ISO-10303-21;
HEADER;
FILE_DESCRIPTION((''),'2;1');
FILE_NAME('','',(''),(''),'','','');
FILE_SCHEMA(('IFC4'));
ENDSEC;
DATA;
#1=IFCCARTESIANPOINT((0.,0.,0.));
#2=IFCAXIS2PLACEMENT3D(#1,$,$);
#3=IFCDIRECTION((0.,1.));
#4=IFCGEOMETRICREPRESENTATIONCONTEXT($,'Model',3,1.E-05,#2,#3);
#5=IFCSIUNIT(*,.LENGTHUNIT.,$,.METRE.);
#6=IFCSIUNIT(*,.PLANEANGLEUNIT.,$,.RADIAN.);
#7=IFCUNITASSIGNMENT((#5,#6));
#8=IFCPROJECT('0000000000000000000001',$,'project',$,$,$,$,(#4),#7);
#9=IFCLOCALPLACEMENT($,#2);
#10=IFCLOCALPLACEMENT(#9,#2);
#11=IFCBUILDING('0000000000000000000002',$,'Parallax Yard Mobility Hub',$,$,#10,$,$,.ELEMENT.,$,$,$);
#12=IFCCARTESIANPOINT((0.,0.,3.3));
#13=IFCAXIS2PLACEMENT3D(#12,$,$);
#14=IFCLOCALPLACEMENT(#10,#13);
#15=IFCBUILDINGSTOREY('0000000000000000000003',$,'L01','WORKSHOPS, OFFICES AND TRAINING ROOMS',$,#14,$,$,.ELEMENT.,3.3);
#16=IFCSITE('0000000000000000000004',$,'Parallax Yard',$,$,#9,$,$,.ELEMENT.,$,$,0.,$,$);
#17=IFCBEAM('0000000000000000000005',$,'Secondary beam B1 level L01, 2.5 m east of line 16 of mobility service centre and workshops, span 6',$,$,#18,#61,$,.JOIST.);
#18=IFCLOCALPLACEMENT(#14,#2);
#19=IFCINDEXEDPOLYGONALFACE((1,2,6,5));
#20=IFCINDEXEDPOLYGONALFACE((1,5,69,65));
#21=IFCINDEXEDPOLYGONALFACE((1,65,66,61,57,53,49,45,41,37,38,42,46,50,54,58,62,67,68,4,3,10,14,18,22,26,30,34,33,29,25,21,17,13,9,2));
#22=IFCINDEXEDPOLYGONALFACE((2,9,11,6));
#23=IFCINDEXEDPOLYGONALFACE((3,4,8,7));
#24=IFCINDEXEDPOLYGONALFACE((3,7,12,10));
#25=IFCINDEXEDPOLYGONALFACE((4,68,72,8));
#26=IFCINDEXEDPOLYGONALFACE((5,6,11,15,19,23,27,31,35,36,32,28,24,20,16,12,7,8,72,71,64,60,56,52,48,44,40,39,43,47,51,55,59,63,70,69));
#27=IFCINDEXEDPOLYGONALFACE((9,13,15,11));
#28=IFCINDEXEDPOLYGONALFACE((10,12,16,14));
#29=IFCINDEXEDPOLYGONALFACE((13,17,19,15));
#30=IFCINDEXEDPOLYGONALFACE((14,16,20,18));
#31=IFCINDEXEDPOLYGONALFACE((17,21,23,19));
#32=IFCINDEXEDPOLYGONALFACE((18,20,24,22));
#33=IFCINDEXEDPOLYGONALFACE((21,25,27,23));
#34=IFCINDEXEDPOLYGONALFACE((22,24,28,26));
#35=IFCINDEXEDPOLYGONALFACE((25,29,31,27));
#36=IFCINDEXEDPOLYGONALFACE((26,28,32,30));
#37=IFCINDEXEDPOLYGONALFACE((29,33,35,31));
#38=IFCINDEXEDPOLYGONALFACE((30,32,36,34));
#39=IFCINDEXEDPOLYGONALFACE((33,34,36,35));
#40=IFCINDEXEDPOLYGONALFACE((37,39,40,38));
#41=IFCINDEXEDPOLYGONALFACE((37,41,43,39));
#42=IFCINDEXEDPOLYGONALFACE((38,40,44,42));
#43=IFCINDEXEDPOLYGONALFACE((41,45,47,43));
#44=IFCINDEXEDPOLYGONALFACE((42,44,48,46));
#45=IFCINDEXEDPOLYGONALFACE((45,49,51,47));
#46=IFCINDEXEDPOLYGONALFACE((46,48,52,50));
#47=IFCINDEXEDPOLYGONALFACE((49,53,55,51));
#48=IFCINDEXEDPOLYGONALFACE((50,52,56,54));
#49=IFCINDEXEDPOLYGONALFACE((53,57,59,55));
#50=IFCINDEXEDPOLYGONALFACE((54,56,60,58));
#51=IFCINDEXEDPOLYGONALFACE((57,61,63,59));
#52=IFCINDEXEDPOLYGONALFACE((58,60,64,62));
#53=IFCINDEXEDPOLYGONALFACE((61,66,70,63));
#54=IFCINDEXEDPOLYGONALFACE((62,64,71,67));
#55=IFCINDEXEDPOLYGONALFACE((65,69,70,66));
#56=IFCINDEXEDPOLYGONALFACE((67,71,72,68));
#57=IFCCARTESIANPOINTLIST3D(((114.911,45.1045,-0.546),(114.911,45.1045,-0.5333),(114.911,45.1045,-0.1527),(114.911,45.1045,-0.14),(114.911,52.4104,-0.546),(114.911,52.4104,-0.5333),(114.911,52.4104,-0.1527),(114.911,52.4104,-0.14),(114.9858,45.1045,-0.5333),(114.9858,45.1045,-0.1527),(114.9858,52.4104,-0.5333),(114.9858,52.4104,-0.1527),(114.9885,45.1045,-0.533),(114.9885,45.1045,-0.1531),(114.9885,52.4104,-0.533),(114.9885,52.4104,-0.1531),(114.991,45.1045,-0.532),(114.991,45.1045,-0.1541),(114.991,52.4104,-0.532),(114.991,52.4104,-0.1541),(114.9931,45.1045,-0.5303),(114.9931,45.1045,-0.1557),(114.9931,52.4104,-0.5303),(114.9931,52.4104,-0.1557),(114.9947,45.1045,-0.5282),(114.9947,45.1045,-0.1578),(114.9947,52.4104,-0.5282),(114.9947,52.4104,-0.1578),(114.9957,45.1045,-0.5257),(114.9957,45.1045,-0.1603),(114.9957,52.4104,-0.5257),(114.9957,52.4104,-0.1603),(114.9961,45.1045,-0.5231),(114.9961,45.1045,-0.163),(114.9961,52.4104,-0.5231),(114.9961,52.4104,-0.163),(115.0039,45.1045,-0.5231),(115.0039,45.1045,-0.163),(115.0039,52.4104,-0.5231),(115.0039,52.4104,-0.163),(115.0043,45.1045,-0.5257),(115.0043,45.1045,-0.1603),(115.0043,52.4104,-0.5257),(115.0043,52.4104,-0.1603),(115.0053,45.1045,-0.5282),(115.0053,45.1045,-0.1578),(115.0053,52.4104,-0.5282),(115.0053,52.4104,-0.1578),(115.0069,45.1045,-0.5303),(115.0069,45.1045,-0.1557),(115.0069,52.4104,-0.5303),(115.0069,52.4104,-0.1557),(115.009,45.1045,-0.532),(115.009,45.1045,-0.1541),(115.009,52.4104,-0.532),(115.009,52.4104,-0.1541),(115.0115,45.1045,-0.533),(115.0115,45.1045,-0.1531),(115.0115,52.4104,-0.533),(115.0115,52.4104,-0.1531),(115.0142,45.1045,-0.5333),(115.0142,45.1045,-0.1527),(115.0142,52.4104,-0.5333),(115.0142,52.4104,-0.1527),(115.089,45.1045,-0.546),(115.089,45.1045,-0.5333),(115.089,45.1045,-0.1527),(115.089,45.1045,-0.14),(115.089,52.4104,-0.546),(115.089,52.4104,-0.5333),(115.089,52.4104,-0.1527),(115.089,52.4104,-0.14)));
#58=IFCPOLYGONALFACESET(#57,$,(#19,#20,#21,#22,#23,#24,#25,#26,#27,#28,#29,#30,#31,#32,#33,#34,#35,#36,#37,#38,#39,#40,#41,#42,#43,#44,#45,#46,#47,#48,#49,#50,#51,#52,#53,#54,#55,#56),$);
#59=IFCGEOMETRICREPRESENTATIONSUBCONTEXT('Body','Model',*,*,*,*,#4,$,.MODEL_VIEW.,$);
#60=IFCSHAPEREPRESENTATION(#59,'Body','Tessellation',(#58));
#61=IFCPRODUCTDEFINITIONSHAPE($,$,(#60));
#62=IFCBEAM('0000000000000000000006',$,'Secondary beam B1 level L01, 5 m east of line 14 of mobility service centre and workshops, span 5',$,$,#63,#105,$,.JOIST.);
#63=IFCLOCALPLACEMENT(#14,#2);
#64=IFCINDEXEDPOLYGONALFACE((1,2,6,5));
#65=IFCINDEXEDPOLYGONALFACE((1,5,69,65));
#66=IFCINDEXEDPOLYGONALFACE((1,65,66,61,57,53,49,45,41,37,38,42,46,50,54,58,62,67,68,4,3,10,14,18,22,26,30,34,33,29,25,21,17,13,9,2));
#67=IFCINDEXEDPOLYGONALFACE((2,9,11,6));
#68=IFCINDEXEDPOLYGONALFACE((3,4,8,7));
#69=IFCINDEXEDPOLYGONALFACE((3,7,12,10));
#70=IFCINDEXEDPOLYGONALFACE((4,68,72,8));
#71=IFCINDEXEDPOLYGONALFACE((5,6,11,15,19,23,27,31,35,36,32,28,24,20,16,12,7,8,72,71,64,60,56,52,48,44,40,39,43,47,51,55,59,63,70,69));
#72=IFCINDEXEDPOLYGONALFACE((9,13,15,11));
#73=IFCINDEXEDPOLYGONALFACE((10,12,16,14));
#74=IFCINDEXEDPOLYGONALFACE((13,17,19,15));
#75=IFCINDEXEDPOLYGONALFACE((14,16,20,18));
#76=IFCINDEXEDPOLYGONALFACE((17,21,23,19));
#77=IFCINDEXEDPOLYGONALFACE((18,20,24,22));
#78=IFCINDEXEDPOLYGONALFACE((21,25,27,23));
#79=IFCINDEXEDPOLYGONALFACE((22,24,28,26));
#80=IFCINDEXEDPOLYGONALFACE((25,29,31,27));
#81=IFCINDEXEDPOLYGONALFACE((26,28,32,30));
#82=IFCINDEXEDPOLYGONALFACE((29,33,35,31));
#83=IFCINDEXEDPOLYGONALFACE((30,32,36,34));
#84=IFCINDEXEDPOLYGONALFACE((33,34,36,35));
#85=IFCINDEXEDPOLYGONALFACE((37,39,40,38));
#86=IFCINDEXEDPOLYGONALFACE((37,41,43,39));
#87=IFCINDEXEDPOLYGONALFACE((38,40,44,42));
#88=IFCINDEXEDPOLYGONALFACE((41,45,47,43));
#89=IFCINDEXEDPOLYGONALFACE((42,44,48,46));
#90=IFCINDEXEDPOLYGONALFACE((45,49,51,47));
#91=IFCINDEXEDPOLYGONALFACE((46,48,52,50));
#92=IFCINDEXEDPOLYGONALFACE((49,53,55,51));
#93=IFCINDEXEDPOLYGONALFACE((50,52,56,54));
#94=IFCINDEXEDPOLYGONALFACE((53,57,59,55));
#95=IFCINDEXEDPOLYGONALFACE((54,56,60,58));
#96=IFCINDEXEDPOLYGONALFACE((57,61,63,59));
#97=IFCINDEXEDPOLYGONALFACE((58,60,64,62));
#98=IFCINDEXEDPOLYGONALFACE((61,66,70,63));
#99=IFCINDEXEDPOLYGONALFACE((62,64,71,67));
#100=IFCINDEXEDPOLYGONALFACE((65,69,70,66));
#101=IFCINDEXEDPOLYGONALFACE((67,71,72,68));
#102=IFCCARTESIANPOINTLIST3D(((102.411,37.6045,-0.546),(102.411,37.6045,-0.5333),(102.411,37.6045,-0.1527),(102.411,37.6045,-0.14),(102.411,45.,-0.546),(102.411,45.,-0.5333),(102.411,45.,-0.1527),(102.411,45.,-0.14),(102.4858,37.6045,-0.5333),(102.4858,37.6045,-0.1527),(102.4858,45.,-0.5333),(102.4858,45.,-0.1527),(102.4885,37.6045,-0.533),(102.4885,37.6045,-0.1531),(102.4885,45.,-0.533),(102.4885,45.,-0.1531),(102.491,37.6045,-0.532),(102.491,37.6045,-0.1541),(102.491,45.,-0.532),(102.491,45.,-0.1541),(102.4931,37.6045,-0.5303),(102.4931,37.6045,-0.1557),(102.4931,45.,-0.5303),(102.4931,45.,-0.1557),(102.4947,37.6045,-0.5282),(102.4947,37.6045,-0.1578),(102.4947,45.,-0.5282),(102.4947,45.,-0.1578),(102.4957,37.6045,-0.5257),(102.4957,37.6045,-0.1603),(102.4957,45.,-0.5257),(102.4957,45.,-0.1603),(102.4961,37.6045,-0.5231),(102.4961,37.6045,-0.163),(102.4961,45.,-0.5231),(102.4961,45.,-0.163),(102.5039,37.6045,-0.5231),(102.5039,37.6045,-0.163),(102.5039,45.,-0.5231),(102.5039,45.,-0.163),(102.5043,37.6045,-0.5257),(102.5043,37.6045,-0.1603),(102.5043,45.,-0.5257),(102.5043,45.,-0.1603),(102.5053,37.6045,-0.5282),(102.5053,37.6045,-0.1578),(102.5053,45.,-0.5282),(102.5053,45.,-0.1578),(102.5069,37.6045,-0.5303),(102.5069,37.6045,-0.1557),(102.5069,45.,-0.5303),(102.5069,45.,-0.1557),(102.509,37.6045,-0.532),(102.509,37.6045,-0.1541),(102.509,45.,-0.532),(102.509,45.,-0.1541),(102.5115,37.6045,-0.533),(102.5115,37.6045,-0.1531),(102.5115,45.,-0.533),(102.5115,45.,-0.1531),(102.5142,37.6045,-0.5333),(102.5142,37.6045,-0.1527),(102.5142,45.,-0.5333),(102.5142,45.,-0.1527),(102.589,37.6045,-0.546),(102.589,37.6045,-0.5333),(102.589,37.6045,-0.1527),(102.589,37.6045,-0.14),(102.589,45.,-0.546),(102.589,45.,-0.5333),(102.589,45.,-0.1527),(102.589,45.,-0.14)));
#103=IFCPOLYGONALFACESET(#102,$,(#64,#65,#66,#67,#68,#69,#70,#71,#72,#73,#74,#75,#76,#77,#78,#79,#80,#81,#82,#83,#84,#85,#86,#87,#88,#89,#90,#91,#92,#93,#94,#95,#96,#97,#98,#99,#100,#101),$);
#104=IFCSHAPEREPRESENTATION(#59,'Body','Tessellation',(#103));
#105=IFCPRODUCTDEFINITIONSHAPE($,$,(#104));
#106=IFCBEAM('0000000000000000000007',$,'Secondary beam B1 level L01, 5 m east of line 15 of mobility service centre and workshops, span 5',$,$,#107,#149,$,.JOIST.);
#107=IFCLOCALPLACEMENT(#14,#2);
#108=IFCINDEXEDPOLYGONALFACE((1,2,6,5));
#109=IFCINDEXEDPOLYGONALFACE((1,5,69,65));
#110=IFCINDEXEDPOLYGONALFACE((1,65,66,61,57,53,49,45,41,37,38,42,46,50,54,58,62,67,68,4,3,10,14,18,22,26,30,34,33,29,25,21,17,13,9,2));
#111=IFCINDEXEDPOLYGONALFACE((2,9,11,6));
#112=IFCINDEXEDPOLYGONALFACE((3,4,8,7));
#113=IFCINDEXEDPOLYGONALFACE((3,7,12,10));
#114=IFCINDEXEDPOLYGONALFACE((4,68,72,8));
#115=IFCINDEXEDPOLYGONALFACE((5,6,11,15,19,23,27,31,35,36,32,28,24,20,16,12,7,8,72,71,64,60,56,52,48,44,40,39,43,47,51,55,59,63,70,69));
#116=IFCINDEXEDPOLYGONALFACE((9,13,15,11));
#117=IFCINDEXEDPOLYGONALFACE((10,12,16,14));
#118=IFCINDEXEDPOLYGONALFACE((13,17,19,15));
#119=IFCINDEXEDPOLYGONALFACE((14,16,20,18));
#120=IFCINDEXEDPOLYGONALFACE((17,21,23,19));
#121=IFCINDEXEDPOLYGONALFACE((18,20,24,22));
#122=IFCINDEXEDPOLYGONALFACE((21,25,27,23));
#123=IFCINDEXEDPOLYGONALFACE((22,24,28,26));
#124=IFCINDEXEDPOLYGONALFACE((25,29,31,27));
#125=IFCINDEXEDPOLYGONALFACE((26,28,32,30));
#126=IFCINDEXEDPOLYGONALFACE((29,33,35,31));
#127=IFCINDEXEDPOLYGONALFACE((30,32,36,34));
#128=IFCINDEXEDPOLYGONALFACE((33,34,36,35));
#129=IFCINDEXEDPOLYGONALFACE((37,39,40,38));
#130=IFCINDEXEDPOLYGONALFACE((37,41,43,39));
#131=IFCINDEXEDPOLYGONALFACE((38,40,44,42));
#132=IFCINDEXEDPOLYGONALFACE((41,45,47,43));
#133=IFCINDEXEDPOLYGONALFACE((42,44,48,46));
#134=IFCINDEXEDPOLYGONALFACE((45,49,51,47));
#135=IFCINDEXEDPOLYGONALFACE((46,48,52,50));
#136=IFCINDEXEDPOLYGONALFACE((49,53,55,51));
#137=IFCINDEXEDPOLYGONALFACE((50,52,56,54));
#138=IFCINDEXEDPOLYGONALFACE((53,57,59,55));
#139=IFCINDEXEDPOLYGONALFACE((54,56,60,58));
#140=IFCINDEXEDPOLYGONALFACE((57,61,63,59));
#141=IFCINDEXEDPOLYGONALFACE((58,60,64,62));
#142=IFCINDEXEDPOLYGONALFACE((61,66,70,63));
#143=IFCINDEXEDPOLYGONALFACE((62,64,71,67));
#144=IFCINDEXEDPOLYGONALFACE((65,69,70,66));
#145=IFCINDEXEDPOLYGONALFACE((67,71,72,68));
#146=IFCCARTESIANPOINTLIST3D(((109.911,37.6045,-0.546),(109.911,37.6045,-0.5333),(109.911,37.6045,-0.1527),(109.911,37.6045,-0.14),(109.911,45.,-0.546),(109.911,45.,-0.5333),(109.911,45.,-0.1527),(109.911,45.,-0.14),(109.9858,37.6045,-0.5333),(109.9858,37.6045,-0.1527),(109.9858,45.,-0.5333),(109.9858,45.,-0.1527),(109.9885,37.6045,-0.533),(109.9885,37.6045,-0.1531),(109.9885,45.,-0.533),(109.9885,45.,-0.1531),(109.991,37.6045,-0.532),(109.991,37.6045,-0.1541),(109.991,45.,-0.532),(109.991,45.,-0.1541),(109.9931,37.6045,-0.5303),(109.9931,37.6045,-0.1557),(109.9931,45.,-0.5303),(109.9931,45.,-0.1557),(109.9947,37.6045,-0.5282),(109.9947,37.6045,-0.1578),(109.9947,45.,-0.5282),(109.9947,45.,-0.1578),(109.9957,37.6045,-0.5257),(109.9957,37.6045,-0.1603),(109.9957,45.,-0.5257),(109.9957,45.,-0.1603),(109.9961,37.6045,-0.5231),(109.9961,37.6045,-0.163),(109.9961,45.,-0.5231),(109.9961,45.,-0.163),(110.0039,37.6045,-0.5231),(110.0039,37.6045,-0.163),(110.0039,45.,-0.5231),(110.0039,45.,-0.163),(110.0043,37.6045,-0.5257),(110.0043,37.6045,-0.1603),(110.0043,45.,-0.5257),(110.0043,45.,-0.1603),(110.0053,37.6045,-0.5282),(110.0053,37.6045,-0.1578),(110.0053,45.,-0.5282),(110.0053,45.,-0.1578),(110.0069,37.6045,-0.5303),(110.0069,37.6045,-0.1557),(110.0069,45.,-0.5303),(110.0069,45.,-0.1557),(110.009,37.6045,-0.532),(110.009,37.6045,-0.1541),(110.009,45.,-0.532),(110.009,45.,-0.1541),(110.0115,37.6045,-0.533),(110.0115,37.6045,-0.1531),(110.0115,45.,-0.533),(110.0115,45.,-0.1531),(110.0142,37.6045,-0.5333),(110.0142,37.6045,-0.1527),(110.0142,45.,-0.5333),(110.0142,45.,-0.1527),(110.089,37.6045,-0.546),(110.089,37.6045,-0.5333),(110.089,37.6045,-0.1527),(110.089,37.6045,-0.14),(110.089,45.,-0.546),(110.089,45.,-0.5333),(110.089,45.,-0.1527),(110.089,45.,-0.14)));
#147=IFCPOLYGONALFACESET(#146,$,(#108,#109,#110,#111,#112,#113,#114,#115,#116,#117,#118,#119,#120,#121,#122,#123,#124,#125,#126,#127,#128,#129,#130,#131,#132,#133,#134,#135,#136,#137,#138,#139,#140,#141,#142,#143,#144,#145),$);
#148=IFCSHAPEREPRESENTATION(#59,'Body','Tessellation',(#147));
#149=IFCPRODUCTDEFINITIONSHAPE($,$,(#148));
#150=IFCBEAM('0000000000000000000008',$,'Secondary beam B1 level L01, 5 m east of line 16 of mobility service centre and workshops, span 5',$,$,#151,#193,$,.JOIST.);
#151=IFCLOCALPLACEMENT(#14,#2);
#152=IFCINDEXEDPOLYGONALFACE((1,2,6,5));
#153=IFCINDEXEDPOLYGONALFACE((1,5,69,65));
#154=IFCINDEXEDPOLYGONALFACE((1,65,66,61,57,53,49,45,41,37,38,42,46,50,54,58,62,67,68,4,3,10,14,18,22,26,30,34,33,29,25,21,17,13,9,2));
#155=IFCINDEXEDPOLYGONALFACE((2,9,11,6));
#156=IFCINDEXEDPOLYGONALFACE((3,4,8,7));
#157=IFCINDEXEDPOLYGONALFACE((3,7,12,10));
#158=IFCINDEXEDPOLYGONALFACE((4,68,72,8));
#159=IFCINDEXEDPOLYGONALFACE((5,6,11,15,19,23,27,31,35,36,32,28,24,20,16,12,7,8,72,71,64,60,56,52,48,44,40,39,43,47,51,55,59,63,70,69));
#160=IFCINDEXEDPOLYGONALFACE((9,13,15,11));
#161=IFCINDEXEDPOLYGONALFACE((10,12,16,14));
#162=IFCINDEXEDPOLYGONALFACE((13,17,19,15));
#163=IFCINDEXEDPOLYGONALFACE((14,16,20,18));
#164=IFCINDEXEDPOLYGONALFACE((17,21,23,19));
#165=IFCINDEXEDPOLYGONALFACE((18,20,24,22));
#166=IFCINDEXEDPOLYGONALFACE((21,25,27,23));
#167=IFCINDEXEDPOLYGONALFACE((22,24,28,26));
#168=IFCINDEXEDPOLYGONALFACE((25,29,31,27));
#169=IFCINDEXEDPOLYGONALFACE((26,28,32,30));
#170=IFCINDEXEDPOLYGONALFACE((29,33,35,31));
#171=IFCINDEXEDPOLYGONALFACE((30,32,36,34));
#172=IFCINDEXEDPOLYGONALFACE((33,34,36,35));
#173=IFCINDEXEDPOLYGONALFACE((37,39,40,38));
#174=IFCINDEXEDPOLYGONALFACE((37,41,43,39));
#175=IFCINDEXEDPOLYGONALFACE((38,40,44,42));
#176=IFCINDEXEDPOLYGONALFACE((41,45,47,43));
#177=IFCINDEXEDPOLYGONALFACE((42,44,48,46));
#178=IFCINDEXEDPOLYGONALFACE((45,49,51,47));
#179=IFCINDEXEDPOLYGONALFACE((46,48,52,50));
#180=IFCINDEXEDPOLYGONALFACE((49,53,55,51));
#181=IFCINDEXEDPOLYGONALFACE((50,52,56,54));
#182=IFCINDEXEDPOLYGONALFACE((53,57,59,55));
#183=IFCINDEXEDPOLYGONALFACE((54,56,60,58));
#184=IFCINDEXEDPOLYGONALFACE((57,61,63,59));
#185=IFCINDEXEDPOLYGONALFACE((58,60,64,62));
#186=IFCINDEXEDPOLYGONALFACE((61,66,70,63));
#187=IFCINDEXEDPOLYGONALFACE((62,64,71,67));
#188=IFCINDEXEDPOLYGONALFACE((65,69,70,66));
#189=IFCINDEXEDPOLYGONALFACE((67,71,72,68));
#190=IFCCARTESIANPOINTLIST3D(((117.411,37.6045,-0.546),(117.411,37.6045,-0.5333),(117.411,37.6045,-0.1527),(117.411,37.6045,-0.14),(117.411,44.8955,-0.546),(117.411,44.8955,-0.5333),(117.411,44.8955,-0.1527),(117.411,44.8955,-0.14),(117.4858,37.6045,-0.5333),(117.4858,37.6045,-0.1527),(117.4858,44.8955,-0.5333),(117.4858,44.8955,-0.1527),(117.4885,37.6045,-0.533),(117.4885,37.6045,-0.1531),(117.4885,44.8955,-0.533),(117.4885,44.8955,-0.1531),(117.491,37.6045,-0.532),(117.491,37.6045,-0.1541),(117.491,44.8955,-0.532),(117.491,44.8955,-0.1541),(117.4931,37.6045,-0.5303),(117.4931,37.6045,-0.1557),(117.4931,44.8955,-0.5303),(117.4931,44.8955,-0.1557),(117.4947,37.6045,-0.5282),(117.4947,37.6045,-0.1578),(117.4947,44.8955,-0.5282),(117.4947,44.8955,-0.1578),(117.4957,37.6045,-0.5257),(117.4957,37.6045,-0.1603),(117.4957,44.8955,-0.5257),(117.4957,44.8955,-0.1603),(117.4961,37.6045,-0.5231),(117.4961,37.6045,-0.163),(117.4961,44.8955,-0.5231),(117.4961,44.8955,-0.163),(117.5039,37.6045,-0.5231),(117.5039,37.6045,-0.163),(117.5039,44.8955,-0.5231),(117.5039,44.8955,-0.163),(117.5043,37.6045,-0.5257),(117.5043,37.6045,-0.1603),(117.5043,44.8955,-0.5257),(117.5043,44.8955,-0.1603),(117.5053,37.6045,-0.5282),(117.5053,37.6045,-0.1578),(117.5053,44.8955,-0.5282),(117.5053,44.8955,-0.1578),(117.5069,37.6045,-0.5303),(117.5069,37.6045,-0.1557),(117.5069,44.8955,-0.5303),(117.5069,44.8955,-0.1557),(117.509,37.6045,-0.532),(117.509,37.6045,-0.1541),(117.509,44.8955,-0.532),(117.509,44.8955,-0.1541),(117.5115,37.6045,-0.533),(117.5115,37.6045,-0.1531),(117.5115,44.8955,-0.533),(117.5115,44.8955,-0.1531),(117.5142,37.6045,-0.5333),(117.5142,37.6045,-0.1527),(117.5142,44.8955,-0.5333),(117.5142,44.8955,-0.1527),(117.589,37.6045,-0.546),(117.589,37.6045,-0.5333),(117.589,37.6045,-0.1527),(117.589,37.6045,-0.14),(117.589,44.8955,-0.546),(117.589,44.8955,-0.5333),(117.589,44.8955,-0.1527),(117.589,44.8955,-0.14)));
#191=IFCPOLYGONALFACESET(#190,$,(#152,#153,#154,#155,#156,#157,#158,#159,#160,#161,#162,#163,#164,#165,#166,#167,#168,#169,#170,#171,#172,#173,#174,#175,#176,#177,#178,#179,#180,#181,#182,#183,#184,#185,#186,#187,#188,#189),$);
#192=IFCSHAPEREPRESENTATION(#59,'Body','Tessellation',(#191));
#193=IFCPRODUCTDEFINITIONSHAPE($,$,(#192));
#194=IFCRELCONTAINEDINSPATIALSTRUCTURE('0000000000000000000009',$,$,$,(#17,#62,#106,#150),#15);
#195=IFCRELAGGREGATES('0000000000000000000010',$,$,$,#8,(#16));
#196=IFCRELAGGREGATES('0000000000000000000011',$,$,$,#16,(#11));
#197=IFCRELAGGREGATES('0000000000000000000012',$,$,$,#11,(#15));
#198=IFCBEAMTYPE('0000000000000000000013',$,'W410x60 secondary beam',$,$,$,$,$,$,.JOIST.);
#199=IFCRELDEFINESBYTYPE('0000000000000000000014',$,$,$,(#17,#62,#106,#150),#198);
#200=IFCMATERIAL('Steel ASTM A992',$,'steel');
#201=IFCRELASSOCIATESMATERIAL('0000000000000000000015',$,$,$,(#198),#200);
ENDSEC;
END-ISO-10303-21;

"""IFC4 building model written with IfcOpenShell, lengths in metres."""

from ifc_helpers import new_model, si_unit, direction, frame, origin, origin_2d, place, context, subcontext, project, spatial, i_section, extrude, material, material_profile, profile_set, type_object, element, save


model = new_model("IFC4")

# Units and contexts
model_context = context("Model", 3, precision=1e-05, world=origin(), true_north=direction((0.0, 1.0)))
body_context = subcontext(model_context, "Body", "Model", "MODEL_VIEW")
ifc_project = project(units=[si_unit("LENGTHUNIT", "METRE"), si_unit("PLANEANGLEUNIT", "RADIAN")], contexts=[model_context])

# Site, building, storey
site_placement = place(None, origin())
site = spatial("IfcSite", under=ifc_project, at=site_placement, Name="Parallax Yard", CompositionType="ELEMENT", RefElevation=0.0)
building_placement = place(site_placement, origin())
building = spatial("IfcBuilding", under=site, at=building_placement, Name="Parallax Yard Mobility Hub", CompositionType="ELEMENT")
storey_placement = place(building_placement, frame((0.0, 0.0, 3.3)))
storey = spatial("IfcBuildingStorey", under=building, at=storey_placement, Name="L01", Description="WORKSHOPS, OFFICES AND TRAINING ROOMS", CompositionType="ELEMENT", Elevation=3.3)

# Shared definitions
ifc_material_1 = material(Name="Steel ASTM A992", Category="steel")

# Beams
ifc_material_profile_1 = material_profile(ifc_material_1, i_section(OverallWidth=0.178, OverallDepth=0.406, WebThickness=0.0078, FlangeThickness=0.0127, FilletRadius=0.0103, at=origin_2d()), Name="W410x60")
ifc_profile_set_1 = profile_set([ifc_material_profile_1], Name="Steel ASTM A992")
beam_type_1 = type_object("IfcBeamType", Name="W410x60 secondary beam", PredefinedType="JOIST", material=ifc_profile_set_1)
beam_1_placement = place(storey_placement, frame((115.0, 45.1045, -0.343), z_axis=(0.0, 1.0, 0.0), x_axis=(-1.0, 0.0, 0.0)))
element("IfcBeam", 1, at=beam_1_placement, inside=storey, type_object=beam_type_1, Name="Secondary beam B1 level L01, 2.5 m east of line 16 of mobility service centre and workshops, span 6", PredefinedType="JOIST", context=body_context, shape_type="SweptSolid", body=[
    extrude(i_section(OverallWidth=0.178, OverallDepth=0.406, WebThickness=0.0078, FlangeThickness=0.0127, FilletRadius=0.0103, at=origin_2d()), origin(), (0.0, 0.0, 1.0), 7.3059),
])
for number, where, z_axis, x_axis, name in (
    (2, (102.5, 37.6045, -0.343), (0.0, 1.0, 0.0), (-1.0, 0.0, 0.0), "Secondary beam B1 level L01, 5 m east of line 14 of mobility service centre and workshops, span 5"),
    (3, (110.0, 37.6045, -0.343), (0.0, 1.0, 0.0), (-1.0, 0.0, 0.0), "Secondary beam B1 level L01, 5 m east of line 15 of mobility service centre and workshops, span 5"),
):
    element("IfcBeam", number, at=place(storey_placement, frame(where, z_axis=z_axis, x_axis=x_axis)), inside=storey, type_object=beam_type_1, Name=name, PredefinedType="JOIST", context=body_context, shape_type="SweptSolid", body=[
        extrude(i_section(OverallWidth=0.178, OverallDepth=0.406, WebThickness=0.0078, FlangeThickness=0.0127, FilletRadius=0.0103, at=origin_2d()), origin(), (0.0, 0.0, 1.0), 7.3955),
    ])
beam_2_placement = place(storey_placement, frame((117.5, 37.6045, -0.343), z_axis=(0.0, 1.0, 0.0), x_axis=(-1.0, 0.0, 0.0)))
element("IfcBeam", 4, at=beam_2_placement, inside=storey, type_object=beam_type_1, Name="Secondary beam B1 level L01, 5 m east of line 16 of mobility service centre and workshops, span 5", PredefinedType="JOIST", context=body_context, shape_type="SweptSolid", body=[
    extrude(i_section(OverallWidth=0.178, OverallDepth=0.406, WebThickness=0.0078, FlangeThickness=0.0127, FilletRadius=0.0103, at=origin_2d()), origin(), (0.0, 0.0, 1.0), 7.291),
])

save(model, "model.ifc")
